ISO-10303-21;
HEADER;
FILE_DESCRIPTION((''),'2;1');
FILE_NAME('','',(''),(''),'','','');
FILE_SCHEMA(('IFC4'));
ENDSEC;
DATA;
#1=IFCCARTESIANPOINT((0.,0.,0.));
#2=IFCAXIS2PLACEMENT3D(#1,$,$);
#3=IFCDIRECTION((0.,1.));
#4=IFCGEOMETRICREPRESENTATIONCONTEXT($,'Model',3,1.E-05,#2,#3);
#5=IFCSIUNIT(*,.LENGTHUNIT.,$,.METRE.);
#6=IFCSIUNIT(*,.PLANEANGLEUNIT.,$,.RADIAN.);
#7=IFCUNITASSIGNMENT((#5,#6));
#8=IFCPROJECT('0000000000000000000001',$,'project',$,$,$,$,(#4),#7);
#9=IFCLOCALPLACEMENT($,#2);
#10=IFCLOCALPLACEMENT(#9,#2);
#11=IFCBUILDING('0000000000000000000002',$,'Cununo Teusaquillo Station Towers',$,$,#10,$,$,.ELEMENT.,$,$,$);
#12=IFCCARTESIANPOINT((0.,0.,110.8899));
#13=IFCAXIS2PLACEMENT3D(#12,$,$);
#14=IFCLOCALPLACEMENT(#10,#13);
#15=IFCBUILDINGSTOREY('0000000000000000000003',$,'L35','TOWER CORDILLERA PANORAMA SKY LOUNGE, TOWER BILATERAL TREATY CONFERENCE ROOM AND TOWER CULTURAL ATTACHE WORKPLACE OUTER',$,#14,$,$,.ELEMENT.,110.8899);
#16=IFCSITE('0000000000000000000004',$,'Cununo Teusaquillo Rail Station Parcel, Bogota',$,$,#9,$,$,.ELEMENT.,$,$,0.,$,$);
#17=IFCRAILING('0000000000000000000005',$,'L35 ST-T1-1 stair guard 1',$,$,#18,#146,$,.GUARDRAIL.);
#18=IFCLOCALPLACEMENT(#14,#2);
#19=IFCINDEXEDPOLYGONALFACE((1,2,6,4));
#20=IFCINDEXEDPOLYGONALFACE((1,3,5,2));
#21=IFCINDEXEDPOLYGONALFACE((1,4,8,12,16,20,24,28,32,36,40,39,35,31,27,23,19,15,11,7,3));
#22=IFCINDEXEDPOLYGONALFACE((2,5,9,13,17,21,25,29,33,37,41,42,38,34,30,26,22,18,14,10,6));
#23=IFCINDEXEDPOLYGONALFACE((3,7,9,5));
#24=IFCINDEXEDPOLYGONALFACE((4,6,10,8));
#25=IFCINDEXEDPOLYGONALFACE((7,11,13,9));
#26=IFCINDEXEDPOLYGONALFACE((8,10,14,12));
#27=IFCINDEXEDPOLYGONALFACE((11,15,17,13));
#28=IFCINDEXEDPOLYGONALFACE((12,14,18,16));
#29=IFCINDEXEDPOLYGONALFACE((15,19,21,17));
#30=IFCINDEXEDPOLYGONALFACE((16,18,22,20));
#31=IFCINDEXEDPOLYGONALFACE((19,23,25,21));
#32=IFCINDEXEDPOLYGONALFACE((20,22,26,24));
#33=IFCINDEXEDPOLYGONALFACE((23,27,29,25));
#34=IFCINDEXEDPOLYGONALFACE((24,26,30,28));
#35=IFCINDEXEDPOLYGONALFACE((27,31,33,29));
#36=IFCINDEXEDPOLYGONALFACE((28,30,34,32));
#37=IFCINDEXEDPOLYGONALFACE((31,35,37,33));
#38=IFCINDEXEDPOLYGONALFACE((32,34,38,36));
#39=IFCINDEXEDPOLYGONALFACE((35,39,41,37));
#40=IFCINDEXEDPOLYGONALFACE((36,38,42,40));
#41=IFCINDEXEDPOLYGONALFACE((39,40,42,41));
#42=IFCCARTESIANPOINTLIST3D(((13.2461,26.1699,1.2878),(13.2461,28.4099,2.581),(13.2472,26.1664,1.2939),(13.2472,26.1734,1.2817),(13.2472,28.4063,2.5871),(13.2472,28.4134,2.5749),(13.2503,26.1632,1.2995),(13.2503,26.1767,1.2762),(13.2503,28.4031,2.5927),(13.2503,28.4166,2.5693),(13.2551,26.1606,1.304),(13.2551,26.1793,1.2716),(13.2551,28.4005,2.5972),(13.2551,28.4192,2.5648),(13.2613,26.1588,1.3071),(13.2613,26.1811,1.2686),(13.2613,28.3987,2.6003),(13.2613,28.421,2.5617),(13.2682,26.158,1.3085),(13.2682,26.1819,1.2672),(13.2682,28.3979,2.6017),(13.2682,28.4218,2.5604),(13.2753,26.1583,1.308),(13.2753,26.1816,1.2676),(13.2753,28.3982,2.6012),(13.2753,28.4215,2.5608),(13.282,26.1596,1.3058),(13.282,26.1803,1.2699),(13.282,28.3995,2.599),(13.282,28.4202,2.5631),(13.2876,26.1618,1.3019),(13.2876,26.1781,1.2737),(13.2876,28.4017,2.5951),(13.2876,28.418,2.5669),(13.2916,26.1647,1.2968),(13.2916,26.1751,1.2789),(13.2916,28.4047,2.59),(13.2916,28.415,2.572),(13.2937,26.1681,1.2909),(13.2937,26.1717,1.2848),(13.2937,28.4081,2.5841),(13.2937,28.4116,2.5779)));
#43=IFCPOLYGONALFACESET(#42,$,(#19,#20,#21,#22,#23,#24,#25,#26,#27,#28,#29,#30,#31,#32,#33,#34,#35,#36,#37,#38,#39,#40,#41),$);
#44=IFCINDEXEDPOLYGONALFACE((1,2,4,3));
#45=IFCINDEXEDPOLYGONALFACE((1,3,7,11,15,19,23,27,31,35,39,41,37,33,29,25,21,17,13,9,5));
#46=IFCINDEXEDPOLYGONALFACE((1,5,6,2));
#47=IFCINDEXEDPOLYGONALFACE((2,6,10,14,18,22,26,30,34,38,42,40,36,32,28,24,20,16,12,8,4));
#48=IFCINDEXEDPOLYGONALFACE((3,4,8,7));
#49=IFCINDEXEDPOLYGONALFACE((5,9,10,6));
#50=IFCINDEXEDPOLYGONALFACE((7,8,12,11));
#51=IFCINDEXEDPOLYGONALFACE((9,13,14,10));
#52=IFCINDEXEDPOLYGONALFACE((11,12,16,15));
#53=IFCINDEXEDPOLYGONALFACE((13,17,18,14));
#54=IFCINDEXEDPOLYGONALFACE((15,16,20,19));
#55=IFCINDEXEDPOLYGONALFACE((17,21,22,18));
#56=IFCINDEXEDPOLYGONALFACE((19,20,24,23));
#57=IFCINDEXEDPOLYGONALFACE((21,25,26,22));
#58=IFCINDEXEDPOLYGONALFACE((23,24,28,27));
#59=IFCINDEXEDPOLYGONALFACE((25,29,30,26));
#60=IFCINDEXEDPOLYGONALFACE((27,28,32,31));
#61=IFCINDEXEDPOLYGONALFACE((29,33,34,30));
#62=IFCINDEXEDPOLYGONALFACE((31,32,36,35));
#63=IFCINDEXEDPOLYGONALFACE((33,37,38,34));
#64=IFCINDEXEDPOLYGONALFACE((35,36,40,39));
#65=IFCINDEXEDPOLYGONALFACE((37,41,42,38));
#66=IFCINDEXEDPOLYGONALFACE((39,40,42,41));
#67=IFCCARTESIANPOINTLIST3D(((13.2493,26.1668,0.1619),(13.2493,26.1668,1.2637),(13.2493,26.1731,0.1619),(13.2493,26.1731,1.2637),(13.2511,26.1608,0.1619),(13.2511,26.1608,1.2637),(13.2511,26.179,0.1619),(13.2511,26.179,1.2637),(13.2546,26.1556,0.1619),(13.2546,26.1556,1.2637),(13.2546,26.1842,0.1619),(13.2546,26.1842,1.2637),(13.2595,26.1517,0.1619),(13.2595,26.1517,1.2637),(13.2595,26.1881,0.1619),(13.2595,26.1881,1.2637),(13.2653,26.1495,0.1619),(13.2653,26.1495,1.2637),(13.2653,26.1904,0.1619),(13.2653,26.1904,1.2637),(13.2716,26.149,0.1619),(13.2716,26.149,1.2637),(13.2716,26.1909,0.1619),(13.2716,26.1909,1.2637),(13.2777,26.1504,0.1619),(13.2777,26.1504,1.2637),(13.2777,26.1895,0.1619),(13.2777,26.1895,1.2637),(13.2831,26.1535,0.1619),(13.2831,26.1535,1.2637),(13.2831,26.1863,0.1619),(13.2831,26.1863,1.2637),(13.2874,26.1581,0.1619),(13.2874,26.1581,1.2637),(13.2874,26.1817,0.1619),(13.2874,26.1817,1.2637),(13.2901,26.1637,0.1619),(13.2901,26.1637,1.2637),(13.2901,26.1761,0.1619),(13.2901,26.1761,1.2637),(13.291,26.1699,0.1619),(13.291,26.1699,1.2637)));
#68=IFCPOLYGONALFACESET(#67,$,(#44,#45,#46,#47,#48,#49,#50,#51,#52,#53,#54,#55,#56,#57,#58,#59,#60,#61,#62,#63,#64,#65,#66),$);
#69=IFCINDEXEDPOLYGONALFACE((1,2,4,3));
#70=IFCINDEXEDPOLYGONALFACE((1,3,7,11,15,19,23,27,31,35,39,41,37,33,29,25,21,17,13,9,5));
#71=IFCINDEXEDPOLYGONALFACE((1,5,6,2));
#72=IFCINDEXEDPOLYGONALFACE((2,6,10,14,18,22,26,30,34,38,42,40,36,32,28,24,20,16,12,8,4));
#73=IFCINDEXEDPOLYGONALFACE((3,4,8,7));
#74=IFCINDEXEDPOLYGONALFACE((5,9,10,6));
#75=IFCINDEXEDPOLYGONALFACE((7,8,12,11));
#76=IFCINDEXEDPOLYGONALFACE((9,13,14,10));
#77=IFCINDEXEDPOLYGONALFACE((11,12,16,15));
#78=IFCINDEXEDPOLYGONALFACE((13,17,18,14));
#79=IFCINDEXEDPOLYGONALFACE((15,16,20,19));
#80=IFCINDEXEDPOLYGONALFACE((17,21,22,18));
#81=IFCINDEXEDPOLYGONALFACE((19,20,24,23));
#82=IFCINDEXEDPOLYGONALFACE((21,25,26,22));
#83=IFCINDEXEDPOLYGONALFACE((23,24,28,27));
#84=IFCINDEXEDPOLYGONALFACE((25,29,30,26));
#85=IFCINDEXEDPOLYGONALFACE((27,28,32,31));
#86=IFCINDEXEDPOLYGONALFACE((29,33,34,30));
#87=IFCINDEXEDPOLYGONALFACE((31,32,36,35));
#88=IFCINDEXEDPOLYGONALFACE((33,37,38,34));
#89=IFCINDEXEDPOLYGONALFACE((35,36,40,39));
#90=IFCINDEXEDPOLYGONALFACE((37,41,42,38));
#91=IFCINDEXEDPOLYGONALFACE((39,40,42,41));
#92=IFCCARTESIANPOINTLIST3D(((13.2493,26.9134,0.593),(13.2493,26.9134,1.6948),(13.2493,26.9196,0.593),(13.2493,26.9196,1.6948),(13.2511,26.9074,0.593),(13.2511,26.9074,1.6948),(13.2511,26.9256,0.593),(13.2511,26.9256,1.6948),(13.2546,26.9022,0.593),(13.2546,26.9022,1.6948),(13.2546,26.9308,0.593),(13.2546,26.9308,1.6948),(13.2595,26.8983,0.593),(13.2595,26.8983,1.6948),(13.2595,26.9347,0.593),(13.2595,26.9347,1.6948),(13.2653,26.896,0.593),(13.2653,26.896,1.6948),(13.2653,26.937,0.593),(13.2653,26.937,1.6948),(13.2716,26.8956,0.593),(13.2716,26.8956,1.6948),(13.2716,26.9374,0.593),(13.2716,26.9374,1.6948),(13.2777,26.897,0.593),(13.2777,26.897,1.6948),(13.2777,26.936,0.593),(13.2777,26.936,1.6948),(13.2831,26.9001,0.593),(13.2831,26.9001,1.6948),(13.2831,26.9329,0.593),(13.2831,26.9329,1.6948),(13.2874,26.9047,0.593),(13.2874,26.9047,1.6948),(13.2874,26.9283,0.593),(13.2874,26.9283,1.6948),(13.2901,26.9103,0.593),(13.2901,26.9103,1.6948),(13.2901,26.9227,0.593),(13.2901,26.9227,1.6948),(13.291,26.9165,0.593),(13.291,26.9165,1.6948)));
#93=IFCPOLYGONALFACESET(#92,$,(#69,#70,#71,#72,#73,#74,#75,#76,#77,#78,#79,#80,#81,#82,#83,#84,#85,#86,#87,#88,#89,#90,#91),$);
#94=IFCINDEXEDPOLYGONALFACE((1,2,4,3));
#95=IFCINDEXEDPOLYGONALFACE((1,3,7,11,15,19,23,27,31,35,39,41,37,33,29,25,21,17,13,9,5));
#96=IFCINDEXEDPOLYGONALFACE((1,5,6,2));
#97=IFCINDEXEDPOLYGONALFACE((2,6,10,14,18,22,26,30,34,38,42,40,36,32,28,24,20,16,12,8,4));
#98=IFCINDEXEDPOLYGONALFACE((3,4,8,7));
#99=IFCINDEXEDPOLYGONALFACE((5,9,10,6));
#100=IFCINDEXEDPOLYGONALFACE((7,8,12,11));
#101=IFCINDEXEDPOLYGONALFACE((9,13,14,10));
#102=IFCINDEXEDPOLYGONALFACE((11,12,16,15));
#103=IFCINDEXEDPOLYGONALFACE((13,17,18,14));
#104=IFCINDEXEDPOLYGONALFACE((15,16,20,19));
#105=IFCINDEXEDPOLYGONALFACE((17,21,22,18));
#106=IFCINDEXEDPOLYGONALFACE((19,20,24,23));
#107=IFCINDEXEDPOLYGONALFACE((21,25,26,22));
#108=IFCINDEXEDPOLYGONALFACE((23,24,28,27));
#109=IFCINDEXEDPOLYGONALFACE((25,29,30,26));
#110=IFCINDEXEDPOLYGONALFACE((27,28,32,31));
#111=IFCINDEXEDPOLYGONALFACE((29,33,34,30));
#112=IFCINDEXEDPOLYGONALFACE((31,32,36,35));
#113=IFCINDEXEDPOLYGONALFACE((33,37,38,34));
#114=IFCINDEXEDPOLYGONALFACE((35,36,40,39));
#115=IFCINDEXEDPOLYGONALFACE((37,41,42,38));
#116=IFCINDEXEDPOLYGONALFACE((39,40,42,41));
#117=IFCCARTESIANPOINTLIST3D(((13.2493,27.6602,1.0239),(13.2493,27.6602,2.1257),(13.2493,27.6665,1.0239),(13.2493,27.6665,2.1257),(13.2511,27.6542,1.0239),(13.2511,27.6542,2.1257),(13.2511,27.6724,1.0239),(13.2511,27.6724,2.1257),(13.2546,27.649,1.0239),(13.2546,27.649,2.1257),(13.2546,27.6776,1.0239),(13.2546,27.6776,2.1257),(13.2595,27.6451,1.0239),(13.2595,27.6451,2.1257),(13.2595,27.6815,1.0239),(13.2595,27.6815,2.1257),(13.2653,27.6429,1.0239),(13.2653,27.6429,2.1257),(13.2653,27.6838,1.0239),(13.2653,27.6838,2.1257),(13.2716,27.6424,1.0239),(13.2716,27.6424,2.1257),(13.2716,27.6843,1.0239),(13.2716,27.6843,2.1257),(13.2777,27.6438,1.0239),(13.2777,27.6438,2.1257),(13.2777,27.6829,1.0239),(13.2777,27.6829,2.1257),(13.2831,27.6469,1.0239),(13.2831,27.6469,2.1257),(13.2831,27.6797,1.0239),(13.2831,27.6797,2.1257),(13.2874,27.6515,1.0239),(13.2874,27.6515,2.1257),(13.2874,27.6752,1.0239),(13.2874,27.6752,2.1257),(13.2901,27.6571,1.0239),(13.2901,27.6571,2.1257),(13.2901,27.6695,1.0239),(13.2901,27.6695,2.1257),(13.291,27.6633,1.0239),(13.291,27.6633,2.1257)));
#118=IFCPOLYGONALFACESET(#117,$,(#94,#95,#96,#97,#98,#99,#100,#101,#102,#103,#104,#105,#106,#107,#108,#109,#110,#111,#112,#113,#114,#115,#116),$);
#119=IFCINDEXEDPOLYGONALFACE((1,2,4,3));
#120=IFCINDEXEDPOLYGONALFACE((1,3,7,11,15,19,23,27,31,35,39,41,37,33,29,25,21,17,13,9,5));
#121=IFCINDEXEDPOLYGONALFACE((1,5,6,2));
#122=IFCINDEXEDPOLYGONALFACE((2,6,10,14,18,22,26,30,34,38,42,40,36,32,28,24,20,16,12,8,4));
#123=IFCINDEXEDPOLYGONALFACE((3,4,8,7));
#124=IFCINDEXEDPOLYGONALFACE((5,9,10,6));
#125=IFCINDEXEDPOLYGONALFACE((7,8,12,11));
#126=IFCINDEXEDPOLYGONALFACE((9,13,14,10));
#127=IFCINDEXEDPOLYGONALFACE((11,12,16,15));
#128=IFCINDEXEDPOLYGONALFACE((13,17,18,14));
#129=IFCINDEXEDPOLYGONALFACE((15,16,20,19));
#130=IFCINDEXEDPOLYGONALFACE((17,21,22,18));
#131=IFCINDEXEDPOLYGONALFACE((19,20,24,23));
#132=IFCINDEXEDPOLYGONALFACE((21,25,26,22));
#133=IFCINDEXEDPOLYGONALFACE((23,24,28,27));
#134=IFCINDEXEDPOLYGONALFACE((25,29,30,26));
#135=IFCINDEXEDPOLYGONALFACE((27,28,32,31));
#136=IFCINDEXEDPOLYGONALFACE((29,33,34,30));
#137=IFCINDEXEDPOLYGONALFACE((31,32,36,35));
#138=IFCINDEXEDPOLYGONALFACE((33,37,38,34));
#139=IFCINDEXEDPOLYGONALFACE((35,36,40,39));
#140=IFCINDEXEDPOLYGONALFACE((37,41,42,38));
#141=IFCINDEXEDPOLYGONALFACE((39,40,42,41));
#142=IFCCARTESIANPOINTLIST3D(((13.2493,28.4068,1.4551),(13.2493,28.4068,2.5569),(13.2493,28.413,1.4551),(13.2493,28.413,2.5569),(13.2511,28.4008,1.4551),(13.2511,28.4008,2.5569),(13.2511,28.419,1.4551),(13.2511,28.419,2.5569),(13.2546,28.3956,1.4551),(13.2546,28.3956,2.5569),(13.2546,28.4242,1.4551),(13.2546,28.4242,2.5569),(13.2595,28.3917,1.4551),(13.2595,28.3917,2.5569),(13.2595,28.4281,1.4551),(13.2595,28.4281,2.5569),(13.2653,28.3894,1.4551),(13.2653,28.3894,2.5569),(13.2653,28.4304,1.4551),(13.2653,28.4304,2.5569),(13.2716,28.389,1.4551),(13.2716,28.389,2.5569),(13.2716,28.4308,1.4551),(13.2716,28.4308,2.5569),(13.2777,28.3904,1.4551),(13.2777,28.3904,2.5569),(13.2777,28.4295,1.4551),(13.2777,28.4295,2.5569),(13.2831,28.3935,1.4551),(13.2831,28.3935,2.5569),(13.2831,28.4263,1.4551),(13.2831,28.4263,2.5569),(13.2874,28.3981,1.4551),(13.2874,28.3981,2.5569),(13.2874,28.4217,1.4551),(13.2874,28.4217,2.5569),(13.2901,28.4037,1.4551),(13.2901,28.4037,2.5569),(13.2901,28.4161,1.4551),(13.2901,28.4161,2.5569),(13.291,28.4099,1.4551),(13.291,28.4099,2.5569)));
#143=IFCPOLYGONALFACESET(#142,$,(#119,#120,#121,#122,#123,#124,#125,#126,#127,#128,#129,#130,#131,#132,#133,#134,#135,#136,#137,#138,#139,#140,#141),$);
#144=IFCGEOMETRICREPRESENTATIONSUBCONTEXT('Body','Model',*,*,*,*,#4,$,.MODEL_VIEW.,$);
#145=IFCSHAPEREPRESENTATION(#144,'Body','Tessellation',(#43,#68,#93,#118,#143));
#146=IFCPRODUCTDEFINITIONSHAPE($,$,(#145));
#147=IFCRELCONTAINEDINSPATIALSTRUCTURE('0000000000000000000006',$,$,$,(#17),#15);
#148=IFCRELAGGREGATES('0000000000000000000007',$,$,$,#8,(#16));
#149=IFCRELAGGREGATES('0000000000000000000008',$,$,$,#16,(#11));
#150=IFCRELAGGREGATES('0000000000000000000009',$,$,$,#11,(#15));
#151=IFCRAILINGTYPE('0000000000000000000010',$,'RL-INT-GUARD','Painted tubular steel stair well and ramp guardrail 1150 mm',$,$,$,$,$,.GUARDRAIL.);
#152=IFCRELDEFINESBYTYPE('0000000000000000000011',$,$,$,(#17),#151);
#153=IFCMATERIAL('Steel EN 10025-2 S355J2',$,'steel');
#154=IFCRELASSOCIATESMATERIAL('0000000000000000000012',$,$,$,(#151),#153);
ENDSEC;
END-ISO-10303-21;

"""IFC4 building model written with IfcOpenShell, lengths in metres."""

from ifc_helpers import new_model, si_unit, direction, frame, origin, origin_2d, place, context, subcontext, project, spatial, circle, extrude, material, type_object, element, save


model = new_model("IFC4")

# Units and contexts
model_context = context("Model", 3, precision=1e-05, world=origin(), true_north=direction((0.0, 1.0)))
body_context = subcontext(model_context, "Body", "Model", "MODEL_VIEW")
ifc_project = project(units=[si_unit("LENGTHUNIT", "METRE"), si_unit("PLANEANGLEUNIT", "RADIAN")], contexts=[model_context])

# Site, building, storey
site_placement = place(None, origin())
site = spatial("IfcSite", under=ifc_project, at=site_placement, Name="Cununo Teusaquillo Rail Station Parcel, Bogota", CompositionType="ELEMENT", RefElevation=0.0)
building_placement = place(site_placement, origin())
building = spatial("IfcBuilding", under=site, at=building_placement, Name="Cununo Teusaquillo Station Towers", CompositionType="ELEMENT")
storey_placement = place(building_placement, frame((0.0, 0.0, 110.8899)))
storey = spatial("IfcBuildingStorey", under=building, at=storey_placement, Name="L35", Description="TOWER CORDILLERA PANORAMA SKY LOUNGE, TOWER BILATERAL TREATY CONFERENCE ROOM AND TOWER CULTURAL ATTACHE WORKPLACE OUTER", CompositionType="ELEMENT", Elevation=110.8899)

# Railing
ifc_material_1 = material(Name="Steel EN 10025-2 S355J2", Category="steel")
railing_type_1 = type_object("IfcRailingType", Name="RL-INT-GUARD", Description="Painted tubular steel stair well and ramp guardrail 1150 mm", PredefinedType="GUARDRAIL", material=ifc_material_1)
railing_1_placement = place(storey_placement, frame((13.27, 26.1699, 0.1619)))
element("IfcRailing", 1, at=railing_1_placement, inside=storey, type_object=railing_type_1, Name="L35 ST-T1-1 stair guard 1", PredefinedType="GUARDRAIL", context=body_context, shape_type="SweptSolid", body=[
    extrude(circle(Radius=0.0239, at=origin_2d()), frame((0.0, 0.0, 1.126), z_axis=(0.0, 0.866033, 0.499987), x_axis=(-1.0, 0.0, 0.0)), (0.0, 0.0, 1.0), 2.5864),
    extrude(circle(Radius=0.021, at=origin_2d()), origin(), (0.0, 0.0, 1.0), 1.1018),
    extrude(circle(Radius=0.021, at=origin_2d()), frame((0.0, 0.7466, 0.4312)), (0.0, 0.0, 1.0), 1.1018),
    extrude(circle(Radius=0.021, at=origin_2d()), frame((0.0, 1.4934, 0.8621)), (0.0, 0.0, 1.0), 1.1018),
    extrude(circle(Radius=0.021, at=origin_2d()), frame((0.0, 2.24, 1.2932)), (0.0, 0.0, 1.0), 1.1018),
])

save(model, "model.ifc")
